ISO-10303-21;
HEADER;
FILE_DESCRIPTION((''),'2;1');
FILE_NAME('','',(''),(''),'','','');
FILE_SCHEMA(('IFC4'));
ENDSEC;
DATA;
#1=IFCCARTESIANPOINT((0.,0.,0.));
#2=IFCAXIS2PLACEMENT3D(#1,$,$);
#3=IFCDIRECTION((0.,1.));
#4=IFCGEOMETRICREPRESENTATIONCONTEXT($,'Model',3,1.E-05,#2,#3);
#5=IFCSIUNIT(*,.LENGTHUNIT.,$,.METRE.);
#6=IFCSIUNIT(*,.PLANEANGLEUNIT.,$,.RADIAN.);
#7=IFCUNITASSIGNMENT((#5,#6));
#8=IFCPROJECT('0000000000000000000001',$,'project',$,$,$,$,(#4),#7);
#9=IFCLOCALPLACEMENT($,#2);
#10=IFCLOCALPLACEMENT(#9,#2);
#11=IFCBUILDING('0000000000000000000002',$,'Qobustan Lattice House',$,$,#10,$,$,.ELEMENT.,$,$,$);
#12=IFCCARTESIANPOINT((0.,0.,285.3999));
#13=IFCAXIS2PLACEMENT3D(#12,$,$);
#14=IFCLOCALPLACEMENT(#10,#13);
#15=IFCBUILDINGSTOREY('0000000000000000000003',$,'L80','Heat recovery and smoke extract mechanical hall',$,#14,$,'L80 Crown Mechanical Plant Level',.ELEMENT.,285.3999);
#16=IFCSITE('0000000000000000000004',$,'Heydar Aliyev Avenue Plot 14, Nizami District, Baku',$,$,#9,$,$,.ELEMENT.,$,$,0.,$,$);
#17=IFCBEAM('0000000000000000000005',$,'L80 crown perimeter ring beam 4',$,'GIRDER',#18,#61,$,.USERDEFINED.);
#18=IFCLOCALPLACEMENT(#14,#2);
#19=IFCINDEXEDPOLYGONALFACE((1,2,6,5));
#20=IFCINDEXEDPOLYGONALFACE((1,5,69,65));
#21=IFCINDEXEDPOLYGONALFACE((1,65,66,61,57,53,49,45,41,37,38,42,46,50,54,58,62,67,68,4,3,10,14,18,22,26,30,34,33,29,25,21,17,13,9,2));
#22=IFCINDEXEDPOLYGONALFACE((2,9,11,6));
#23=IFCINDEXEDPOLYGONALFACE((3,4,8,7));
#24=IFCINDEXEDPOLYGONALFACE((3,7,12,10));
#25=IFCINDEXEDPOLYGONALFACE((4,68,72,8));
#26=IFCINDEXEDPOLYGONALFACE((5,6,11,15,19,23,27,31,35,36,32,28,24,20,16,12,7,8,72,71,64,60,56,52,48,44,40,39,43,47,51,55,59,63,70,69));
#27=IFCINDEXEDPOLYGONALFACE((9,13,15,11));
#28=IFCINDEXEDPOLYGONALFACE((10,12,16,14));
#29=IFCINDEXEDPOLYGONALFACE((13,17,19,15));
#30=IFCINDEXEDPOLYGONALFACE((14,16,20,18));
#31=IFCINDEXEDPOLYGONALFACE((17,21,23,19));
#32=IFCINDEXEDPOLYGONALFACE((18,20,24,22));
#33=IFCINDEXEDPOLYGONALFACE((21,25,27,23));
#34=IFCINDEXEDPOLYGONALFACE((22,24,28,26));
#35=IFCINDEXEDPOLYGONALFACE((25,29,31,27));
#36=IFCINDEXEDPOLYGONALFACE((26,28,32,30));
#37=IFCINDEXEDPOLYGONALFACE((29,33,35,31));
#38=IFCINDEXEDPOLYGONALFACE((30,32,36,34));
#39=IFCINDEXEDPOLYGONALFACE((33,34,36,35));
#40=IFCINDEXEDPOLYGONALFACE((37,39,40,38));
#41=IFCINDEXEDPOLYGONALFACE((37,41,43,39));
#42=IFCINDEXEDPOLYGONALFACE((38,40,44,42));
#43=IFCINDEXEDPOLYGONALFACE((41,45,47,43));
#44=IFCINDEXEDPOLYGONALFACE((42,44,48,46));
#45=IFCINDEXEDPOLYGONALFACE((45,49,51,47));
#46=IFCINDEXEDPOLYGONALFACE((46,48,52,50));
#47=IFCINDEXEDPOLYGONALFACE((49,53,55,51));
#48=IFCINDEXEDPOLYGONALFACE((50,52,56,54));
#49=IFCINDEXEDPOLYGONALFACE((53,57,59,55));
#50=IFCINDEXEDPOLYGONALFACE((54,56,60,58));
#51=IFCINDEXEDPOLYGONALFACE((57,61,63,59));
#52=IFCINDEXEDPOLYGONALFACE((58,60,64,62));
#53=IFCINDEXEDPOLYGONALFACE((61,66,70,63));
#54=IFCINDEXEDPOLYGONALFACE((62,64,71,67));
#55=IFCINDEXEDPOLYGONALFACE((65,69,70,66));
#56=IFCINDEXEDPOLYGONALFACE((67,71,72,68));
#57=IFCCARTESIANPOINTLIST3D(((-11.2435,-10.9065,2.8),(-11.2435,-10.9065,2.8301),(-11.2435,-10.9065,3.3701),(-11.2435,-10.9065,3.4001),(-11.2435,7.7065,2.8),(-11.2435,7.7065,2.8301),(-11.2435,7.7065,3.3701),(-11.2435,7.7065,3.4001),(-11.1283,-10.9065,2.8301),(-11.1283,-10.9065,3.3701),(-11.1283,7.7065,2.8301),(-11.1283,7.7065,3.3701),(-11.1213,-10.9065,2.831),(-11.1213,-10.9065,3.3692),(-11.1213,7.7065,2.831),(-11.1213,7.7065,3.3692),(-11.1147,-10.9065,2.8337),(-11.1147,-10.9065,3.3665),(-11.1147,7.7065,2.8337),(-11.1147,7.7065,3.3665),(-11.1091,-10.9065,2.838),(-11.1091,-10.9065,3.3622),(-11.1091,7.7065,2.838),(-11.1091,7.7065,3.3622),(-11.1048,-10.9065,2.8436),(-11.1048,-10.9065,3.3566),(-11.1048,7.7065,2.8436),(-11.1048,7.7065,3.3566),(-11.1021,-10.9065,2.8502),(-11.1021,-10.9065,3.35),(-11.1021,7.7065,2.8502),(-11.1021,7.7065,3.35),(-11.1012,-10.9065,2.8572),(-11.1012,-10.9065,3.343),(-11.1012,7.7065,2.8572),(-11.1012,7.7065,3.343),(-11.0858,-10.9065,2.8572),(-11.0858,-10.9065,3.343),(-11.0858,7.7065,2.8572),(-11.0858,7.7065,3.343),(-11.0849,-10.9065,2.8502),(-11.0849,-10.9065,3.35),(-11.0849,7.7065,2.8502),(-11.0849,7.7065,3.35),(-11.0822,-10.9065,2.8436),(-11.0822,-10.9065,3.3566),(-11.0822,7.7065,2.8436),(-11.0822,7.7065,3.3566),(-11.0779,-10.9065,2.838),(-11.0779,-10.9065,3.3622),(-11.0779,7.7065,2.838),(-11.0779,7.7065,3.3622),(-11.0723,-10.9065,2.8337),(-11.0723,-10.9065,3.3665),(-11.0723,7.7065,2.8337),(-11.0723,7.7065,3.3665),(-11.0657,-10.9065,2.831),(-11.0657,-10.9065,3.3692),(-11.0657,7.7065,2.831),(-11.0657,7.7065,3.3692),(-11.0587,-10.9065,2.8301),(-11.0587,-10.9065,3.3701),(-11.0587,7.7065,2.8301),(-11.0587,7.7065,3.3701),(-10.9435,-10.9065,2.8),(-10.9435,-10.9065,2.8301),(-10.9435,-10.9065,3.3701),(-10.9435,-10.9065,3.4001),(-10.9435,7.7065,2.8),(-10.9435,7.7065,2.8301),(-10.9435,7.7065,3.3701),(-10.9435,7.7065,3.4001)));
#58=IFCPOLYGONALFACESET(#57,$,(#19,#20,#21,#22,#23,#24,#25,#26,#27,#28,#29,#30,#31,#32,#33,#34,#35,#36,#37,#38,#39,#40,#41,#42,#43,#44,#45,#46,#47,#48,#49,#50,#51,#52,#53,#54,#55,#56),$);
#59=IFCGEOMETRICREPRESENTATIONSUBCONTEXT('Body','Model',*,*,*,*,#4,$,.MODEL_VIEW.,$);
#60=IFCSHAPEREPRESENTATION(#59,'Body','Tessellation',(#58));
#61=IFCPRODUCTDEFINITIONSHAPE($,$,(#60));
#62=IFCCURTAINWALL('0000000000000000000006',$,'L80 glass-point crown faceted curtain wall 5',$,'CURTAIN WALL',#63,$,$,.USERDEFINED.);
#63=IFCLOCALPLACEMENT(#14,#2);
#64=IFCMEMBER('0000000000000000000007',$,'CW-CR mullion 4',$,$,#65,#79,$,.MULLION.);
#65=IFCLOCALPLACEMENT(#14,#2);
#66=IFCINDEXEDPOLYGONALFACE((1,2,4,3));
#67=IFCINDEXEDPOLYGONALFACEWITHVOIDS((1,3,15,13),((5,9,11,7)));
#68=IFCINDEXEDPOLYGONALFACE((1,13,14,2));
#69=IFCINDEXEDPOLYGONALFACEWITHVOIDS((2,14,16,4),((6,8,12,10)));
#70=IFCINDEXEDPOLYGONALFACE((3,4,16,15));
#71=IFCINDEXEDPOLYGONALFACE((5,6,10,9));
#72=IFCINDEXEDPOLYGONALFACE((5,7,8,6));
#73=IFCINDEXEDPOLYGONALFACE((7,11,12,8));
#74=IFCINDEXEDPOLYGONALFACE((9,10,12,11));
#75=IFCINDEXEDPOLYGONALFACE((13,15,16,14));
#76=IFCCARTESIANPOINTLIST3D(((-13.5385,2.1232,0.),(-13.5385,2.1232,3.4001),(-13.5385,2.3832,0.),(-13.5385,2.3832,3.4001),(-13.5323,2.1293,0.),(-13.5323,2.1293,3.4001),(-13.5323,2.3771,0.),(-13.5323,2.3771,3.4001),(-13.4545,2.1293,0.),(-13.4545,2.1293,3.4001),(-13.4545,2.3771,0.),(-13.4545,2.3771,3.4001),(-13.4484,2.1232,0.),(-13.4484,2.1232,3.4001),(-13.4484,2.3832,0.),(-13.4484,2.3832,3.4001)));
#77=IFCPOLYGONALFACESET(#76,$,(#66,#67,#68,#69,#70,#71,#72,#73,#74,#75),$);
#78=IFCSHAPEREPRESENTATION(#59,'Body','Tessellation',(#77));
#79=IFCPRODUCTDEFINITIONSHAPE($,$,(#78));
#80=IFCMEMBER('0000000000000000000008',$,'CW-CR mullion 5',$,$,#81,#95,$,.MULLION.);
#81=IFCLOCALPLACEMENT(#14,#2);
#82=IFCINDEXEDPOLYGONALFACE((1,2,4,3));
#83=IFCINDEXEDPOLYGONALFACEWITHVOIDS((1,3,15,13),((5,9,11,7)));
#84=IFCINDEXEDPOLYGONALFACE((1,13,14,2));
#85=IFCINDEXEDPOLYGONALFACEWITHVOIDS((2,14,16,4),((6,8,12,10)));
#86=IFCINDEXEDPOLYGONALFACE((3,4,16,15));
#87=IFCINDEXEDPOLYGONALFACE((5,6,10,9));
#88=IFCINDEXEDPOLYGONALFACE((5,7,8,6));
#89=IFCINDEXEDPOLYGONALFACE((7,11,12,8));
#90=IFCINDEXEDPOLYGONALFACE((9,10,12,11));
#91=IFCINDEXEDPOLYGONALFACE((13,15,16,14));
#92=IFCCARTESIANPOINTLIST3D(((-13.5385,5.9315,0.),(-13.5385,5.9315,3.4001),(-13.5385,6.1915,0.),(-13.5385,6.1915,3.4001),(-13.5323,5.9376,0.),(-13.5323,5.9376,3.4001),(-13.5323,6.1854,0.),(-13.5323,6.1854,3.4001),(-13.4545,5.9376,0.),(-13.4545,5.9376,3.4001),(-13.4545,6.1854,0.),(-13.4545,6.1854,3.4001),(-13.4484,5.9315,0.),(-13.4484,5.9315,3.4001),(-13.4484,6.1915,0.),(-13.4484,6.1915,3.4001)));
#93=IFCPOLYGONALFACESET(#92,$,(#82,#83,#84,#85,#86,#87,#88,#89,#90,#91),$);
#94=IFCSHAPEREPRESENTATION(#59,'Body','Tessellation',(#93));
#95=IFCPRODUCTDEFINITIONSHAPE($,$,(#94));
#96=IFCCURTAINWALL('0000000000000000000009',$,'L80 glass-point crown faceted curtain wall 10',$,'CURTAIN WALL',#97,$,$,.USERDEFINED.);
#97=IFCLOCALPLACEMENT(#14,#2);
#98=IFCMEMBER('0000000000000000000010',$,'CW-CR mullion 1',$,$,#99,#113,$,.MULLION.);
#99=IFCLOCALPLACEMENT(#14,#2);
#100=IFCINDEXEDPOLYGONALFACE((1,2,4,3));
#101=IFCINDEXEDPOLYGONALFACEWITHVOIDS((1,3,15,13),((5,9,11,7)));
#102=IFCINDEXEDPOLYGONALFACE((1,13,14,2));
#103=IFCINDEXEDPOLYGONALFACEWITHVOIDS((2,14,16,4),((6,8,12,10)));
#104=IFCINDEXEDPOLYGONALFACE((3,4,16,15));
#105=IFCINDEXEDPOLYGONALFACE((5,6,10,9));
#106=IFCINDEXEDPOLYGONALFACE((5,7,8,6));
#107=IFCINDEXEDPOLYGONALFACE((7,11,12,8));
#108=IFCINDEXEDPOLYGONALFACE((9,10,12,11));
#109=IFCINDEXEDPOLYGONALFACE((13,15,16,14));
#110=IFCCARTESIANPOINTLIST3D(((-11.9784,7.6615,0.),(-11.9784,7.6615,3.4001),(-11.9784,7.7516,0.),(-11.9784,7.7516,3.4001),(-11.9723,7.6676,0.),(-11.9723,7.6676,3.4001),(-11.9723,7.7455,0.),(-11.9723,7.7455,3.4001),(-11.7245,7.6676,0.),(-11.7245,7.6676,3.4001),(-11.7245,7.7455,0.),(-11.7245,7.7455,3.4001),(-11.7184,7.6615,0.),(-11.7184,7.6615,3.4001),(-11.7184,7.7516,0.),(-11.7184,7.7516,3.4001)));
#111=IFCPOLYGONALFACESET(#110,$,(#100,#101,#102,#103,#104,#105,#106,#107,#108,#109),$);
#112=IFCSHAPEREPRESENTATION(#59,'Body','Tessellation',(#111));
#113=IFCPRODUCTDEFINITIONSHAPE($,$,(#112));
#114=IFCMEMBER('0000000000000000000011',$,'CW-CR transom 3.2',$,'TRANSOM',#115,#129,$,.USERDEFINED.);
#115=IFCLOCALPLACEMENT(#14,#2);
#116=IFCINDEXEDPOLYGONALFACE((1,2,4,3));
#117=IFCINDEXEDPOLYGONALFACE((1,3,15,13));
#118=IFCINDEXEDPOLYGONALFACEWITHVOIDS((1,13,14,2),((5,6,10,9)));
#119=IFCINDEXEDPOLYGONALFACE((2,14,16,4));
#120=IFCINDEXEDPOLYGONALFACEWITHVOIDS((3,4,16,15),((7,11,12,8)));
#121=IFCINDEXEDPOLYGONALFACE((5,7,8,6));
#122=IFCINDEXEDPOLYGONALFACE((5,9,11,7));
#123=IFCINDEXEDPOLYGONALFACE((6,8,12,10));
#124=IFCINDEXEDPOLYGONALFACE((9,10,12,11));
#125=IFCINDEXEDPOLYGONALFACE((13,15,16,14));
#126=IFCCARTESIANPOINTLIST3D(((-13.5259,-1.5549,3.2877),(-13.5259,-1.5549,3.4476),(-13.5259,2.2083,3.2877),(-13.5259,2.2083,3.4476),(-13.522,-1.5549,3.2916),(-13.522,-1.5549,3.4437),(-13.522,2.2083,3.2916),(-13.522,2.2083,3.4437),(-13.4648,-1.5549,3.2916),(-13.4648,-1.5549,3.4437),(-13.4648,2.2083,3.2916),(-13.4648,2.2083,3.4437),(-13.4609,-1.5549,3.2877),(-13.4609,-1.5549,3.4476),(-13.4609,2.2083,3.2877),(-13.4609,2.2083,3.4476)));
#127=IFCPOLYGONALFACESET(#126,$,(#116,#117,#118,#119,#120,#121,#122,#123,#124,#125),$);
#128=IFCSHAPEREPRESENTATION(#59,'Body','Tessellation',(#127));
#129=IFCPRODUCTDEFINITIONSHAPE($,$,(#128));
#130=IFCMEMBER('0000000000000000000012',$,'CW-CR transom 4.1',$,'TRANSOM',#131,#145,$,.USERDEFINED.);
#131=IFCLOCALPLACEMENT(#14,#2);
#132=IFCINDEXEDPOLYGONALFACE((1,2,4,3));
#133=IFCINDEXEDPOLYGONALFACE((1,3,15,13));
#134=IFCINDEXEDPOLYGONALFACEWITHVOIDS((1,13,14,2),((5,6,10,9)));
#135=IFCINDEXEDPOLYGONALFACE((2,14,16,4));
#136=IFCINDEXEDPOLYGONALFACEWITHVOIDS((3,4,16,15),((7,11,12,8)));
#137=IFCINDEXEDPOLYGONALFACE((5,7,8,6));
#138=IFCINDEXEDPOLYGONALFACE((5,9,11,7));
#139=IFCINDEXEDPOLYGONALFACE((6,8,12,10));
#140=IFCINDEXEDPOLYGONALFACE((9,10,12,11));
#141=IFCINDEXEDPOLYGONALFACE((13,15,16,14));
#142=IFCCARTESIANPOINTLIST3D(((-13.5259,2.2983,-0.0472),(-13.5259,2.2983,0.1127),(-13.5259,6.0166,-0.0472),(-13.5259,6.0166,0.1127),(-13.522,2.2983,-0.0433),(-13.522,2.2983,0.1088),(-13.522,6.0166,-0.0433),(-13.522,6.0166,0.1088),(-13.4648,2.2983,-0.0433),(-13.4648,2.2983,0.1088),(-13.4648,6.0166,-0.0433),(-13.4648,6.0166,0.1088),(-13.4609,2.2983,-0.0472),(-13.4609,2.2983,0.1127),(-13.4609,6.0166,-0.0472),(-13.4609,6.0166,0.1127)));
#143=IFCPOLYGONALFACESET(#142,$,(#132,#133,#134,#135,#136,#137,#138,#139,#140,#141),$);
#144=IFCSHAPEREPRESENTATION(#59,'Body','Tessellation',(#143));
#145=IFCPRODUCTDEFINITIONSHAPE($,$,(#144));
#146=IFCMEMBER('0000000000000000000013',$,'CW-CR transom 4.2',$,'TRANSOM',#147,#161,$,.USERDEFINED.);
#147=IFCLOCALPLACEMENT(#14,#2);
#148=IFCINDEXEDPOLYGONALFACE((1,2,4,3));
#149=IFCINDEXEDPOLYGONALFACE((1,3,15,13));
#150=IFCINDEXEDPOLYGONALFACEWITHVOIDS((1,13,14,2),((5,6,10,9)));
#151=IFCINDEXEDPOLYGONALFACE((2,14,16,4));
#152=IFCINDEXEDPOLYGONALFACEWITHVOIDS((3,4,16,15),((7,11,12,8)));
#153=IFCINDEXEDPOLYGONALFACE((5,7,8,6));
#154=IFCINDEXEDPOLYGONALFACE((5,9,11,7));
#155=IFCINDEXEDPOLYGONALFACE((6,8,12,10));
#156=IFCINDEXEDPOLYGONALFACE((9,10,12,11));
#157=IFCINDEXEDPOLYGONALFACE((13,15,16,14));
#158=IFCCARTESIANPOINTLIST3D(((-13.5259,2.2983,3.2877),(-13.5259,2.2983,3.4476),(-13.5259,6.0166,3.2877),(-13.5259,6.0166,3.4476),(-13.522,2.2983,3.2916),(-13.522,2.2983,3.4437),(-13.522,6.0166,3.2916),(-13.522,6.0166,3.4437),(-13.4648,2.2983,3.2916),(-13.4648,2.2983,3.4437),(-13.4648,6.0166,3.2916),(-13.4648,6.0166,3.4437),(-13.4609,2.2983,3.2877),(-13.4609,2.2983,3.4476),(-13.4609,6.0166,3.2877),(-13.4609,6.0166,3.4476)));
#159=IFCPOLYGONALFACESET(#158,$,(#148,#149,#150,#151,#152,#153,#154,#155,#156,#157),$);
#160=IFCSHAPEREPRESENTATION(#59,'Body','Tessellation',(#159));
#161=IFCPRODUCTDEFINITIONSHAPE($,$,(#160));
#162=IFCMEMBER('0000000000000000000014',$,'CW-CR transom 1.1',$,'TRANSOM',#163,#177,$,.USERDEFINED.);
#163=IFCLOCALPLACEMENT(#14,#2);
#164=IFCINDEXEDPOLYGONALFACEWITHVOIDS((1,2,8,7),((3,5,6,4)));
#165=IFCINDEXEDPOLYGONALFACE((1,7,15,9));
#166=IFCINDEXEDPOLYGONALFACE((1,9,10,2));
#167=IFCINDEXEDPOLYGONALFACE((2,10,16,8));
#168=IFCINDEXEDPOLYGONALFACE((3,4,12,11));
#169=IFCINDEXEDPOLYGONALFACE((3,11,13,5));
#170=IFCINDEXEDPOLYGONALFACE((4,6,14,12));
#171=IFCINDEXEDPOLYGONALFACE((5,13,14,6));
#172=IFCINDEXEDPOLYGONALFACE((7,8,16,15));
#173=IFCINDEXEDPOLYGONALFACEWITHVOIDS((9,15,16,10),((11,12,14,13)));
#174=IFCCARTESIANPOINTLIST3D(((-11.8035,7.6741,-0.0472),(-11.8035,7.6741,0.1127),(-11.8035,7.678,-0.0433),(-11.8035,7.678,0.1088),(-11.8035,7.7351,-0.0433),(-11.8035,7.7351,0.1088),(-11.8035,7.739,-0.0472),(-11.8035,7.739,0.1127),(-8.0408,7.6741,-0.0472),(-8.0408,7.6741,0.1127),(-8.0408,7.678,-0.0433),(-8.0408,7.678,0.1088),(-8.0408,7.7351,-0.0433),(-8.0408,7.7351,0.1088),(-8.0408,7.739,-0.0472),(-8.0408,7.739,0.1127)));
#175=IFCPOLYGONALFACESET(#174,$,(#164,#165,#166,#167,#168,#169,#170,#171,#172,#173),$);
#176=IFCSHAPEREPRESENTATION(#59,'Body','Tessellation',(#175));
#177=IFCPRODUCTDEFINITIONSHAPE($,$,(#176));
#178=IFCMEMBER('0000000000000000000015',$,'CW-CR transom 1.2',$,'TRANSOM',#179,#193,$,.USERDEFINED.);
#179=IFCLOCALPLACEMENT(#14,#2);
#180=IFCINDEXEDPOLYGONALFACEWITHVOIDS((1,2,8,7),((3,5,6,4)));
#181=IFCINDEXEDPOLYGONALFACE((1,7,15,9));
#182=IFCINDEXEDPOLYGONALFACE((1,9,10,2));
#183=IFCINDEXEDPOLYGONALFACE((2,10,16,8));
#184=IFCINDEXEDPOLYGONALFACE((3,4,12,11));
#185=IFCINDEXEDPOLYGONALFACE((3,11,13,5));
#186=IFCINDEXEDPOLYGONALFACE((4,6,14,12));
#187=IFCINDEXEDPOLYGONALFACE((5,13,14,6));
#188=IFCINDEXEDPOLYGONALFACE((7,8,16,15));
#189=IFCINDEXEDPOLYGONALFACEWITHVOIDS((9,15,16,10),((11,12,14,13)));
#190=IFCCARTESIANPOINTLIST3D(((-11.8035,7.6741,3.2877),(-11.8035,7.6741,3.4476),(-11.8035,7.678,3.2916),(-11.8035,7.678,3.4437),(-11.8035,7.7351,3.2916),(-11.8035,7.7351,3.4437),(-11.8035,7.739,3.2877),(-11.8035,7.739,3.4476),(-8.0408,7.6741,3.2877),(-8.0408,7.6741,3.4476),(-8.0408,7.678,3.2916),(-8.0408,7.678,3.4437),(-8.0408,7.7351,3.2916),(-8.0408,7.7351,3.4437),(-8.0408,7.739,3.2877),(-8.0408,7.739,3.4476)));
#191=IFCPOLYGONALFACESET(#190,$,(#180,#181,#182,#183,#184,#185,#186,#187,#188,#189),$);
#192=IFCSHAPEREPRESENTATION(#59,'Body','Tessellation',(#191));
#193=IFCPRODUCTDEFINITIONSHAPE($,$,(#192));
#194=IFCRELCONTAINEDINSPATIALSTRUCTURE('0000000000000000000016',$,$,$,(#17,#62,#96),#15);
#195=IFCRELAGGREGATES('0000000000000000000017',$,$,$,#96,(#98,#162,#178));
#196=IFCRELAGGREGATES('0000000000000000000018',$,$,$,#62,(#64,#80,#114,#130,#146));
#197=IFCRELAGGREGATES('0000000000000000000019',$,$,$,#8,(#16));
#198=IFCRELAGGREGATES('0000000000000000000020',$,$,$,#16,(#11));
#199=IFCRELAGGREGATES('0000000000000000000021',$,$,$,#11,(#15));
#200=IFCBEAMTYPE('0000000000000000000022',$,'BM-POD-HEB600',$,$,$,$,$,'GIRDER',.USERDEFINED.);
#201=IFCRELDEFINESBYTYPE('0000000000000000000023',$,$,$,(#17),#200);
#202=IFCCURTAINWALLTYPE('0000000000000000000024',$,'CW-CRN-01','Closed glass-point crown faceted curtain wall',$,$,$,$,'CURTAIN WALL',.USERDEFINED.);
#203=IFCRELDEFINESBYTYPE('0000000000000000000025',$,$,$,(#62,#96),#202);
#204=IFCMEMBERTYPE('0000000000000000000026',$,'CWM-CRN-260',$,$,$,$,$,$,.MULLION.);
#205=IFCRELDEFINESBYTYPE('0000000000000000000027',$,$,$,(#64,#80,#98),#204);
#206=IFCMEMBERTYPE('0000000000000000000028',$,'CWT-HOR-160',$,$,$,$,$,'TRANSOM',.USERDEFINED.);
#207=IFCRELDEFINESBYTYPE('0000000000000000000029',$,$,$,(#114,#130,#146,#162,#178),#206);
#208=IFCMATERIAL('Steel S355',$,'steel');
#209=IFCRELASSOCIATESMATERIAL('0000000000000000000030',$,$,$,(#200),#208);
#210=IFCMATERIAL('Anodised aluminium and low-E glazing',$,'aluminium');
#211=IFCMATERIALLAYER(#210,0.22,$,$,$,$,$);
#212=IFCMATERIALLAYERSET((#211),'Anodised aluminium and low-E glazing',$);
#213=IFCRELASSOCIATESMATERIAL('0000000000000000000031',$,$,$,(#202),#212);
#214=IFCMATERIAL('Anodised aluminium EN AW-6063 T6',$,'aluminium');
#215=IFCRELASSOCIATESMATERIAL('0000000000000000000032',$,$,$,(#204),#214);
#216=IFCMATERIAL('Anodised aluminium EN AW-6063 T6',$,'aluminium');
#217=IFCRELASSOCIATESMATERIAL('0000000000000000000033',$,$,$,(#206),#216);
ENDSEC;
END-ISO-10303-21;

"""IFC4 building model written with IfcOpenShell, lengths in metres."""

from ifc_helpers import new_model, si_unit, direction, frame, origin, origin_2d, place, context, subcontext, project, spatial, hollow_rectangle, i_section, extrude, material, layer, layer_set, material_profile, profile_set, type_object, element, aggregate, save


model = new_model("IFC4")

# Units and contexts
model_context = context("Model", 3, precision=1e-05, world=origin(), true_north=direction((0.0, 1.0)))
body_context = subcontext(model_context, "Body", "Model", "MODEL_VIEW")
ifc_project = project(units=[si_unit("LENGTHUNIT", "METRE"), si_unit("PLANEANGLEUNIT", "RADIAN")], contexts=[model_context])

# Site, building, storey
site_placement = place(None, origin())
site = spatial("IfcSite", under=ifc_project, at=site_placement, Name="Heydar Aliyev Avenue Plot 14, Nizami District, Baku", CompositionType="ELEMENT", RefElevation=0.0)
building_placement = place(site_placement, origin())
building = spatial("IfcBuilding", under=site, at=building_placement, Name="Qobustan Lattice House", CompositionType="ELEMENT")
storey_placement = place(building_placement, frame((0.0, 0.0, 285.3999)))
storey = spatial("IfcBuildingStorey", under=building, at=storey_placement, Name="L80", Description="Heat recovery and smoke extract mechanical hall", LongName="L80 Crown Mechanical Plant Level", CompositionType="ELEMENT", Elevation=285.3999)

# Beam
ifc_material_1 = material(Name="Steel S355", Category="steel")
ifc_material_profile_1 = material_profile(ifc_material_1, i_section(OverallWidth=0.3, OverallDepth=0.6001, WebThickness=0.0154, FlangeThickness=0.03, FilletRadius=0.0271, at=origin_2d()), Name="HEB600")
ifc_profile_set_1 = profile_set([ifc_material_profile_1], Name="Steel S355")
beam_type = type_object("IfcBeamType", Name="BM-POD-HEB600", ElementType="GIRDER", PredefinedType="USERDEFINED", material=ifc_profile_set_1)
beam_placement = place(storey_placement, frame((-11.0935, 7.7065, 3.1001), z_axis=(0.0, -1.0, 0.0), x_axis=(1.0, 0.0, 0.0)))
element("IfcBeam", 1, at=beam_placement, inside=storey, type_object=beam_type, Name="L80 crown perimeter ring beam 4", ObjectType="GIRDER", PredefinedType="USERDEFINED", context=body_context, shape_type="SweptSolid", body=[
    extrude(i_section(OverallWidth=0.3, OverallDepth=0.6001, WebThickness=0.0154, FlangeThickness=0.03, FilletRadius=0.0271, at=origin_2d()), origin(), (0.0, 0.0, 1.0), 18.613),
])

# Curtain wall, members
ifc_material_2 = material(Name="Anodised aluminium and low-E glazing", Category="aluminium")
ifc_layer_1 = layer(ifc_material_2, 0.22)
ifc_layer_set_1 = layer_set([ifc_layer_1], Name="Anodised aluminium and low-E glazing")
curtain_wall_type = type_object("IfcCurtainWallType", Name="CW-CRN-01", Description="Closed glass-point crown faceted curtain wall", ElementType="CURTAIN WALL", PredefinedType="USERDEFINED", material=ifc_layer_set_1)
curtain_wall_1_placement = place(storey_placement, origin())
curtain_wall_1 = element("IfcCurtainWall", 2, at=curtain_wall_1_placement, inside=storey, type_object=curtain_wall_type, Name="L80 glass-point crown faceted curtain wall 5", ObjectType="CURTAIN WALL", PredefinedType="USERDEFINED")
ifc_material_3 = material(Name="Anodised aluminium EN AW-6063 T6", Category="aluminium")
ifc_material_profile_2 = material_profile(ifc_material_3, hollow_rectangle(XDim=0.0901, YDim=0.26, WallThickness=0.0061, at=origin_2d()), Name="CWM-CROWN-260x90")
ifc_profile_set_2 = profile_set([ifc_material_profile_2], Name="Anodised aluminium EN AW-6063 T6")
member_type_1 = type_object("IfcMemberType", Name="CWM-CRN-260", PredefinedType="MULLION", material=ifc_profile_set_2)
member_1_placement = place(storey_placement, frame((-13.4934, 2.2532, 0.0), z_axis=(0.0, 0.0, 1.0), x_axis=(-1.0, 0.0, 0.0)))
member_1 = element("IfcMember", 3, at=member_1_placement, type_object=member_type_1, Name="CW-CR mullion 4", PredefinedType="MULLION", context=body_context, shape_type="SweptSolid", body=[
    extrude(hollow_rectangle(XDim=0.0901, YDim=0.26, WallThickness=0.0061, at=origin_2d()), origin(), (0.0, 0.0, 1.0), 3.4001),
])
member_2_placement = place(storey_placement, frame((-13.4934, 6.0615, 0.0), z_axis=(0.0, 0.0, 1.0), x_axis=(-1.0, 0.0, 0.0)))
member_2 = element("IfcMember", 4, at=member_2_placement, type_object=member_type_1, Name="CW-CR mullion 5", PredefinedType="MULLION", context=body_context, shape_type="SweptSolid", body=[
    extrude(hollow_rectangle(XDim=0.0901, YDim=0.26, WallThickness=0.0061, at=origin_2d()), origin(), (0.0, 0.0, 1.0), 3.4001),
])

# Curtain wall, member
curtain_wall_2_placement = place(storey_placement, origin())
curtain_wall_2 = element("IfcCurtainWall", 5, at=curtain_wall_2_placement, inside=storey, type_object=curtain_wall_type, Name="L80 glass-point crown faceted curtain wall 10", ObjectType="CURTAIN WALL", PredefinedType="USERDEFINED")
member_3_placement = place(storey_placement, frame((-11.8484, 7.7065, 0.0), z_axis=(0.0, 0.0, 1.0), x_axis=(0.0, 1.0, 0.0)))
member_3 = element("IfcMember", 6, at=member_3_placement, type_object=member_type_1, Name="CW-CR mullion 1", PredefinedType="MULLION", context=body_context, shape_type="SweptSolid", body=[
    extrude(hollow_rectangle(XDim=0.0901, YDim=0.26, WallThickness=0.0061, at=origin_2d()), origin(), (0.0, 0.0, 1.0), 3.4001),
])

# Members
ifc_material_4 = material(Name="Anodised aluminium EN AW-6063 T6", Category="aluminium")
ifc_material_profile_3 = material_profile(ifc_material_4, hollow_rectangle(XDim=0.0649, YDim=0.1599, WallThickness=0.0039, at=origin_2d()), Name="CWT-160x65")
ifc_profile_set_3 = profile_set([ifc_material_profile_3], Name="Anodised aluminium EN AW-6063 T6")
member_type_2 = type_object("IfcMemberType", Name="CWT-HOR-160", ElementType="TRANSOM", PredefinedType="USERDEFINED", material=ifc_profile_set_3)
member_4_placement = place(storey_placement, frame((-13.4934, -1.5549, 3.3677), z_axis=(0.0, 1.0, 0.0), x_axis=(-1.0, 0.0, 0.0)))
member_4 = element("IfcMember", 7, at=member_4_placement, type_object=member_type_2, Name="CW-CR transom 3.2", ObjectType="TRANSOM", PredefinedType="USERDEFINED", context=body_context, shape_type="SweptSolid", body=[
    extrude(hollow_rectangle(XDim=0.0649, YDim=0.1599, WallThickness=0.0039, at=origin_2d()), origin(), (0.0, 0.0, 1.0), 3.7632),
])
member_5_placement = place(storey_placement, frame((-13.4934, 2.2983, 0.0327), z_axis=(0.0, 1.0, 0.0), x_axis=(-1.0, 0.0, 0.0)))
member_5 = element("IfcMember", 8, at=member_5_placement, type_object=member_type_2, Name="CW-CR transom 4.1", ObjectType="TRANSOM", PredefinedType="USERDEFINED", context=body_context, shape_type="SweptSolid", body=[
    extrude(hollow_rectangle(XDim=0.0649, YDim=0.1599, WallThickness=0.0039, at=origin_2d()), origin(), (0.0, 0.0, 1.0), 3.7183),
])
member_6_placement = place(storey_placement, frame((-13.4934, 2.2983, 3.3677), z_axis=(0.0, 1.0, 0.0), x_axis=(-1.0, 0.0, 0.0)))
member_6 = element("IfcMember", 9, at=member_6_placement, type_object=member_type_2, Name="CW-CR transom 4.2", ObjectType="TRANSOM", PredefinedType="USERDEFINED", context=body_context, shape_type="SweptSolid", body=[
    extrude(hollow_rectangle(XDim=0.0649, YDim=0.1599, WallThickness=0.0039, at=origin_2d()), origin(), (0.0, 0.0, 1.0), 3.7183),
])
member_7_placement = place(storey_placement, frame((-11.8035, 7.7065, 0.0327), z_axis=(1.0, 0.0, 0.0), x_axis=(0.0, 1.0, 0.0)))
member_7 = element("IfcMember", 10, at=member_7_placement, type_object=member_type_2, Name="CW-CR transom 1.1", ObjectType="TRANSOM", PredefinedType="USERDEFINED", context=body_context, shape_type="SweptSolid", body=[
    extrude(hollow_rectangle(XDim=0.0649, YDim=0.1599, WallThickness=0.0039, at=origin_2d()), origin(), (0.0, 0.0, 1.0), 3.7627),
])
member_8_placement = place(storey_placement, frame((-11.8035, 7.7065, 3.3677), z_axis=(1.0, 0.0, 0.0), x_axis=(0.0, 1.0, 0.0)))
member_8 = element("IfcMember", 11, at=member_8_placement, type_object=member_type_2, Name="CW-CR transom 1.2", ObjectType="TRANSOM", PredefinedType="USERDEFINED", context=body_context, shape_type="SweptSolid", body=[
    extrude(hollow_rectangle(XDim=0.0649, YDim=0.1599, WallThickness=0.0039, at=origin_2d()), origin(), (0.0, 0.0, 1.0), 3.7627),
])
aggregate(curtain_wall_2, [member_3, member_7, member_8])

aggregate(curtain_wall_1, [member_1, member_2, member_4, member_5, member_6])

save(model, "model.ifc")
